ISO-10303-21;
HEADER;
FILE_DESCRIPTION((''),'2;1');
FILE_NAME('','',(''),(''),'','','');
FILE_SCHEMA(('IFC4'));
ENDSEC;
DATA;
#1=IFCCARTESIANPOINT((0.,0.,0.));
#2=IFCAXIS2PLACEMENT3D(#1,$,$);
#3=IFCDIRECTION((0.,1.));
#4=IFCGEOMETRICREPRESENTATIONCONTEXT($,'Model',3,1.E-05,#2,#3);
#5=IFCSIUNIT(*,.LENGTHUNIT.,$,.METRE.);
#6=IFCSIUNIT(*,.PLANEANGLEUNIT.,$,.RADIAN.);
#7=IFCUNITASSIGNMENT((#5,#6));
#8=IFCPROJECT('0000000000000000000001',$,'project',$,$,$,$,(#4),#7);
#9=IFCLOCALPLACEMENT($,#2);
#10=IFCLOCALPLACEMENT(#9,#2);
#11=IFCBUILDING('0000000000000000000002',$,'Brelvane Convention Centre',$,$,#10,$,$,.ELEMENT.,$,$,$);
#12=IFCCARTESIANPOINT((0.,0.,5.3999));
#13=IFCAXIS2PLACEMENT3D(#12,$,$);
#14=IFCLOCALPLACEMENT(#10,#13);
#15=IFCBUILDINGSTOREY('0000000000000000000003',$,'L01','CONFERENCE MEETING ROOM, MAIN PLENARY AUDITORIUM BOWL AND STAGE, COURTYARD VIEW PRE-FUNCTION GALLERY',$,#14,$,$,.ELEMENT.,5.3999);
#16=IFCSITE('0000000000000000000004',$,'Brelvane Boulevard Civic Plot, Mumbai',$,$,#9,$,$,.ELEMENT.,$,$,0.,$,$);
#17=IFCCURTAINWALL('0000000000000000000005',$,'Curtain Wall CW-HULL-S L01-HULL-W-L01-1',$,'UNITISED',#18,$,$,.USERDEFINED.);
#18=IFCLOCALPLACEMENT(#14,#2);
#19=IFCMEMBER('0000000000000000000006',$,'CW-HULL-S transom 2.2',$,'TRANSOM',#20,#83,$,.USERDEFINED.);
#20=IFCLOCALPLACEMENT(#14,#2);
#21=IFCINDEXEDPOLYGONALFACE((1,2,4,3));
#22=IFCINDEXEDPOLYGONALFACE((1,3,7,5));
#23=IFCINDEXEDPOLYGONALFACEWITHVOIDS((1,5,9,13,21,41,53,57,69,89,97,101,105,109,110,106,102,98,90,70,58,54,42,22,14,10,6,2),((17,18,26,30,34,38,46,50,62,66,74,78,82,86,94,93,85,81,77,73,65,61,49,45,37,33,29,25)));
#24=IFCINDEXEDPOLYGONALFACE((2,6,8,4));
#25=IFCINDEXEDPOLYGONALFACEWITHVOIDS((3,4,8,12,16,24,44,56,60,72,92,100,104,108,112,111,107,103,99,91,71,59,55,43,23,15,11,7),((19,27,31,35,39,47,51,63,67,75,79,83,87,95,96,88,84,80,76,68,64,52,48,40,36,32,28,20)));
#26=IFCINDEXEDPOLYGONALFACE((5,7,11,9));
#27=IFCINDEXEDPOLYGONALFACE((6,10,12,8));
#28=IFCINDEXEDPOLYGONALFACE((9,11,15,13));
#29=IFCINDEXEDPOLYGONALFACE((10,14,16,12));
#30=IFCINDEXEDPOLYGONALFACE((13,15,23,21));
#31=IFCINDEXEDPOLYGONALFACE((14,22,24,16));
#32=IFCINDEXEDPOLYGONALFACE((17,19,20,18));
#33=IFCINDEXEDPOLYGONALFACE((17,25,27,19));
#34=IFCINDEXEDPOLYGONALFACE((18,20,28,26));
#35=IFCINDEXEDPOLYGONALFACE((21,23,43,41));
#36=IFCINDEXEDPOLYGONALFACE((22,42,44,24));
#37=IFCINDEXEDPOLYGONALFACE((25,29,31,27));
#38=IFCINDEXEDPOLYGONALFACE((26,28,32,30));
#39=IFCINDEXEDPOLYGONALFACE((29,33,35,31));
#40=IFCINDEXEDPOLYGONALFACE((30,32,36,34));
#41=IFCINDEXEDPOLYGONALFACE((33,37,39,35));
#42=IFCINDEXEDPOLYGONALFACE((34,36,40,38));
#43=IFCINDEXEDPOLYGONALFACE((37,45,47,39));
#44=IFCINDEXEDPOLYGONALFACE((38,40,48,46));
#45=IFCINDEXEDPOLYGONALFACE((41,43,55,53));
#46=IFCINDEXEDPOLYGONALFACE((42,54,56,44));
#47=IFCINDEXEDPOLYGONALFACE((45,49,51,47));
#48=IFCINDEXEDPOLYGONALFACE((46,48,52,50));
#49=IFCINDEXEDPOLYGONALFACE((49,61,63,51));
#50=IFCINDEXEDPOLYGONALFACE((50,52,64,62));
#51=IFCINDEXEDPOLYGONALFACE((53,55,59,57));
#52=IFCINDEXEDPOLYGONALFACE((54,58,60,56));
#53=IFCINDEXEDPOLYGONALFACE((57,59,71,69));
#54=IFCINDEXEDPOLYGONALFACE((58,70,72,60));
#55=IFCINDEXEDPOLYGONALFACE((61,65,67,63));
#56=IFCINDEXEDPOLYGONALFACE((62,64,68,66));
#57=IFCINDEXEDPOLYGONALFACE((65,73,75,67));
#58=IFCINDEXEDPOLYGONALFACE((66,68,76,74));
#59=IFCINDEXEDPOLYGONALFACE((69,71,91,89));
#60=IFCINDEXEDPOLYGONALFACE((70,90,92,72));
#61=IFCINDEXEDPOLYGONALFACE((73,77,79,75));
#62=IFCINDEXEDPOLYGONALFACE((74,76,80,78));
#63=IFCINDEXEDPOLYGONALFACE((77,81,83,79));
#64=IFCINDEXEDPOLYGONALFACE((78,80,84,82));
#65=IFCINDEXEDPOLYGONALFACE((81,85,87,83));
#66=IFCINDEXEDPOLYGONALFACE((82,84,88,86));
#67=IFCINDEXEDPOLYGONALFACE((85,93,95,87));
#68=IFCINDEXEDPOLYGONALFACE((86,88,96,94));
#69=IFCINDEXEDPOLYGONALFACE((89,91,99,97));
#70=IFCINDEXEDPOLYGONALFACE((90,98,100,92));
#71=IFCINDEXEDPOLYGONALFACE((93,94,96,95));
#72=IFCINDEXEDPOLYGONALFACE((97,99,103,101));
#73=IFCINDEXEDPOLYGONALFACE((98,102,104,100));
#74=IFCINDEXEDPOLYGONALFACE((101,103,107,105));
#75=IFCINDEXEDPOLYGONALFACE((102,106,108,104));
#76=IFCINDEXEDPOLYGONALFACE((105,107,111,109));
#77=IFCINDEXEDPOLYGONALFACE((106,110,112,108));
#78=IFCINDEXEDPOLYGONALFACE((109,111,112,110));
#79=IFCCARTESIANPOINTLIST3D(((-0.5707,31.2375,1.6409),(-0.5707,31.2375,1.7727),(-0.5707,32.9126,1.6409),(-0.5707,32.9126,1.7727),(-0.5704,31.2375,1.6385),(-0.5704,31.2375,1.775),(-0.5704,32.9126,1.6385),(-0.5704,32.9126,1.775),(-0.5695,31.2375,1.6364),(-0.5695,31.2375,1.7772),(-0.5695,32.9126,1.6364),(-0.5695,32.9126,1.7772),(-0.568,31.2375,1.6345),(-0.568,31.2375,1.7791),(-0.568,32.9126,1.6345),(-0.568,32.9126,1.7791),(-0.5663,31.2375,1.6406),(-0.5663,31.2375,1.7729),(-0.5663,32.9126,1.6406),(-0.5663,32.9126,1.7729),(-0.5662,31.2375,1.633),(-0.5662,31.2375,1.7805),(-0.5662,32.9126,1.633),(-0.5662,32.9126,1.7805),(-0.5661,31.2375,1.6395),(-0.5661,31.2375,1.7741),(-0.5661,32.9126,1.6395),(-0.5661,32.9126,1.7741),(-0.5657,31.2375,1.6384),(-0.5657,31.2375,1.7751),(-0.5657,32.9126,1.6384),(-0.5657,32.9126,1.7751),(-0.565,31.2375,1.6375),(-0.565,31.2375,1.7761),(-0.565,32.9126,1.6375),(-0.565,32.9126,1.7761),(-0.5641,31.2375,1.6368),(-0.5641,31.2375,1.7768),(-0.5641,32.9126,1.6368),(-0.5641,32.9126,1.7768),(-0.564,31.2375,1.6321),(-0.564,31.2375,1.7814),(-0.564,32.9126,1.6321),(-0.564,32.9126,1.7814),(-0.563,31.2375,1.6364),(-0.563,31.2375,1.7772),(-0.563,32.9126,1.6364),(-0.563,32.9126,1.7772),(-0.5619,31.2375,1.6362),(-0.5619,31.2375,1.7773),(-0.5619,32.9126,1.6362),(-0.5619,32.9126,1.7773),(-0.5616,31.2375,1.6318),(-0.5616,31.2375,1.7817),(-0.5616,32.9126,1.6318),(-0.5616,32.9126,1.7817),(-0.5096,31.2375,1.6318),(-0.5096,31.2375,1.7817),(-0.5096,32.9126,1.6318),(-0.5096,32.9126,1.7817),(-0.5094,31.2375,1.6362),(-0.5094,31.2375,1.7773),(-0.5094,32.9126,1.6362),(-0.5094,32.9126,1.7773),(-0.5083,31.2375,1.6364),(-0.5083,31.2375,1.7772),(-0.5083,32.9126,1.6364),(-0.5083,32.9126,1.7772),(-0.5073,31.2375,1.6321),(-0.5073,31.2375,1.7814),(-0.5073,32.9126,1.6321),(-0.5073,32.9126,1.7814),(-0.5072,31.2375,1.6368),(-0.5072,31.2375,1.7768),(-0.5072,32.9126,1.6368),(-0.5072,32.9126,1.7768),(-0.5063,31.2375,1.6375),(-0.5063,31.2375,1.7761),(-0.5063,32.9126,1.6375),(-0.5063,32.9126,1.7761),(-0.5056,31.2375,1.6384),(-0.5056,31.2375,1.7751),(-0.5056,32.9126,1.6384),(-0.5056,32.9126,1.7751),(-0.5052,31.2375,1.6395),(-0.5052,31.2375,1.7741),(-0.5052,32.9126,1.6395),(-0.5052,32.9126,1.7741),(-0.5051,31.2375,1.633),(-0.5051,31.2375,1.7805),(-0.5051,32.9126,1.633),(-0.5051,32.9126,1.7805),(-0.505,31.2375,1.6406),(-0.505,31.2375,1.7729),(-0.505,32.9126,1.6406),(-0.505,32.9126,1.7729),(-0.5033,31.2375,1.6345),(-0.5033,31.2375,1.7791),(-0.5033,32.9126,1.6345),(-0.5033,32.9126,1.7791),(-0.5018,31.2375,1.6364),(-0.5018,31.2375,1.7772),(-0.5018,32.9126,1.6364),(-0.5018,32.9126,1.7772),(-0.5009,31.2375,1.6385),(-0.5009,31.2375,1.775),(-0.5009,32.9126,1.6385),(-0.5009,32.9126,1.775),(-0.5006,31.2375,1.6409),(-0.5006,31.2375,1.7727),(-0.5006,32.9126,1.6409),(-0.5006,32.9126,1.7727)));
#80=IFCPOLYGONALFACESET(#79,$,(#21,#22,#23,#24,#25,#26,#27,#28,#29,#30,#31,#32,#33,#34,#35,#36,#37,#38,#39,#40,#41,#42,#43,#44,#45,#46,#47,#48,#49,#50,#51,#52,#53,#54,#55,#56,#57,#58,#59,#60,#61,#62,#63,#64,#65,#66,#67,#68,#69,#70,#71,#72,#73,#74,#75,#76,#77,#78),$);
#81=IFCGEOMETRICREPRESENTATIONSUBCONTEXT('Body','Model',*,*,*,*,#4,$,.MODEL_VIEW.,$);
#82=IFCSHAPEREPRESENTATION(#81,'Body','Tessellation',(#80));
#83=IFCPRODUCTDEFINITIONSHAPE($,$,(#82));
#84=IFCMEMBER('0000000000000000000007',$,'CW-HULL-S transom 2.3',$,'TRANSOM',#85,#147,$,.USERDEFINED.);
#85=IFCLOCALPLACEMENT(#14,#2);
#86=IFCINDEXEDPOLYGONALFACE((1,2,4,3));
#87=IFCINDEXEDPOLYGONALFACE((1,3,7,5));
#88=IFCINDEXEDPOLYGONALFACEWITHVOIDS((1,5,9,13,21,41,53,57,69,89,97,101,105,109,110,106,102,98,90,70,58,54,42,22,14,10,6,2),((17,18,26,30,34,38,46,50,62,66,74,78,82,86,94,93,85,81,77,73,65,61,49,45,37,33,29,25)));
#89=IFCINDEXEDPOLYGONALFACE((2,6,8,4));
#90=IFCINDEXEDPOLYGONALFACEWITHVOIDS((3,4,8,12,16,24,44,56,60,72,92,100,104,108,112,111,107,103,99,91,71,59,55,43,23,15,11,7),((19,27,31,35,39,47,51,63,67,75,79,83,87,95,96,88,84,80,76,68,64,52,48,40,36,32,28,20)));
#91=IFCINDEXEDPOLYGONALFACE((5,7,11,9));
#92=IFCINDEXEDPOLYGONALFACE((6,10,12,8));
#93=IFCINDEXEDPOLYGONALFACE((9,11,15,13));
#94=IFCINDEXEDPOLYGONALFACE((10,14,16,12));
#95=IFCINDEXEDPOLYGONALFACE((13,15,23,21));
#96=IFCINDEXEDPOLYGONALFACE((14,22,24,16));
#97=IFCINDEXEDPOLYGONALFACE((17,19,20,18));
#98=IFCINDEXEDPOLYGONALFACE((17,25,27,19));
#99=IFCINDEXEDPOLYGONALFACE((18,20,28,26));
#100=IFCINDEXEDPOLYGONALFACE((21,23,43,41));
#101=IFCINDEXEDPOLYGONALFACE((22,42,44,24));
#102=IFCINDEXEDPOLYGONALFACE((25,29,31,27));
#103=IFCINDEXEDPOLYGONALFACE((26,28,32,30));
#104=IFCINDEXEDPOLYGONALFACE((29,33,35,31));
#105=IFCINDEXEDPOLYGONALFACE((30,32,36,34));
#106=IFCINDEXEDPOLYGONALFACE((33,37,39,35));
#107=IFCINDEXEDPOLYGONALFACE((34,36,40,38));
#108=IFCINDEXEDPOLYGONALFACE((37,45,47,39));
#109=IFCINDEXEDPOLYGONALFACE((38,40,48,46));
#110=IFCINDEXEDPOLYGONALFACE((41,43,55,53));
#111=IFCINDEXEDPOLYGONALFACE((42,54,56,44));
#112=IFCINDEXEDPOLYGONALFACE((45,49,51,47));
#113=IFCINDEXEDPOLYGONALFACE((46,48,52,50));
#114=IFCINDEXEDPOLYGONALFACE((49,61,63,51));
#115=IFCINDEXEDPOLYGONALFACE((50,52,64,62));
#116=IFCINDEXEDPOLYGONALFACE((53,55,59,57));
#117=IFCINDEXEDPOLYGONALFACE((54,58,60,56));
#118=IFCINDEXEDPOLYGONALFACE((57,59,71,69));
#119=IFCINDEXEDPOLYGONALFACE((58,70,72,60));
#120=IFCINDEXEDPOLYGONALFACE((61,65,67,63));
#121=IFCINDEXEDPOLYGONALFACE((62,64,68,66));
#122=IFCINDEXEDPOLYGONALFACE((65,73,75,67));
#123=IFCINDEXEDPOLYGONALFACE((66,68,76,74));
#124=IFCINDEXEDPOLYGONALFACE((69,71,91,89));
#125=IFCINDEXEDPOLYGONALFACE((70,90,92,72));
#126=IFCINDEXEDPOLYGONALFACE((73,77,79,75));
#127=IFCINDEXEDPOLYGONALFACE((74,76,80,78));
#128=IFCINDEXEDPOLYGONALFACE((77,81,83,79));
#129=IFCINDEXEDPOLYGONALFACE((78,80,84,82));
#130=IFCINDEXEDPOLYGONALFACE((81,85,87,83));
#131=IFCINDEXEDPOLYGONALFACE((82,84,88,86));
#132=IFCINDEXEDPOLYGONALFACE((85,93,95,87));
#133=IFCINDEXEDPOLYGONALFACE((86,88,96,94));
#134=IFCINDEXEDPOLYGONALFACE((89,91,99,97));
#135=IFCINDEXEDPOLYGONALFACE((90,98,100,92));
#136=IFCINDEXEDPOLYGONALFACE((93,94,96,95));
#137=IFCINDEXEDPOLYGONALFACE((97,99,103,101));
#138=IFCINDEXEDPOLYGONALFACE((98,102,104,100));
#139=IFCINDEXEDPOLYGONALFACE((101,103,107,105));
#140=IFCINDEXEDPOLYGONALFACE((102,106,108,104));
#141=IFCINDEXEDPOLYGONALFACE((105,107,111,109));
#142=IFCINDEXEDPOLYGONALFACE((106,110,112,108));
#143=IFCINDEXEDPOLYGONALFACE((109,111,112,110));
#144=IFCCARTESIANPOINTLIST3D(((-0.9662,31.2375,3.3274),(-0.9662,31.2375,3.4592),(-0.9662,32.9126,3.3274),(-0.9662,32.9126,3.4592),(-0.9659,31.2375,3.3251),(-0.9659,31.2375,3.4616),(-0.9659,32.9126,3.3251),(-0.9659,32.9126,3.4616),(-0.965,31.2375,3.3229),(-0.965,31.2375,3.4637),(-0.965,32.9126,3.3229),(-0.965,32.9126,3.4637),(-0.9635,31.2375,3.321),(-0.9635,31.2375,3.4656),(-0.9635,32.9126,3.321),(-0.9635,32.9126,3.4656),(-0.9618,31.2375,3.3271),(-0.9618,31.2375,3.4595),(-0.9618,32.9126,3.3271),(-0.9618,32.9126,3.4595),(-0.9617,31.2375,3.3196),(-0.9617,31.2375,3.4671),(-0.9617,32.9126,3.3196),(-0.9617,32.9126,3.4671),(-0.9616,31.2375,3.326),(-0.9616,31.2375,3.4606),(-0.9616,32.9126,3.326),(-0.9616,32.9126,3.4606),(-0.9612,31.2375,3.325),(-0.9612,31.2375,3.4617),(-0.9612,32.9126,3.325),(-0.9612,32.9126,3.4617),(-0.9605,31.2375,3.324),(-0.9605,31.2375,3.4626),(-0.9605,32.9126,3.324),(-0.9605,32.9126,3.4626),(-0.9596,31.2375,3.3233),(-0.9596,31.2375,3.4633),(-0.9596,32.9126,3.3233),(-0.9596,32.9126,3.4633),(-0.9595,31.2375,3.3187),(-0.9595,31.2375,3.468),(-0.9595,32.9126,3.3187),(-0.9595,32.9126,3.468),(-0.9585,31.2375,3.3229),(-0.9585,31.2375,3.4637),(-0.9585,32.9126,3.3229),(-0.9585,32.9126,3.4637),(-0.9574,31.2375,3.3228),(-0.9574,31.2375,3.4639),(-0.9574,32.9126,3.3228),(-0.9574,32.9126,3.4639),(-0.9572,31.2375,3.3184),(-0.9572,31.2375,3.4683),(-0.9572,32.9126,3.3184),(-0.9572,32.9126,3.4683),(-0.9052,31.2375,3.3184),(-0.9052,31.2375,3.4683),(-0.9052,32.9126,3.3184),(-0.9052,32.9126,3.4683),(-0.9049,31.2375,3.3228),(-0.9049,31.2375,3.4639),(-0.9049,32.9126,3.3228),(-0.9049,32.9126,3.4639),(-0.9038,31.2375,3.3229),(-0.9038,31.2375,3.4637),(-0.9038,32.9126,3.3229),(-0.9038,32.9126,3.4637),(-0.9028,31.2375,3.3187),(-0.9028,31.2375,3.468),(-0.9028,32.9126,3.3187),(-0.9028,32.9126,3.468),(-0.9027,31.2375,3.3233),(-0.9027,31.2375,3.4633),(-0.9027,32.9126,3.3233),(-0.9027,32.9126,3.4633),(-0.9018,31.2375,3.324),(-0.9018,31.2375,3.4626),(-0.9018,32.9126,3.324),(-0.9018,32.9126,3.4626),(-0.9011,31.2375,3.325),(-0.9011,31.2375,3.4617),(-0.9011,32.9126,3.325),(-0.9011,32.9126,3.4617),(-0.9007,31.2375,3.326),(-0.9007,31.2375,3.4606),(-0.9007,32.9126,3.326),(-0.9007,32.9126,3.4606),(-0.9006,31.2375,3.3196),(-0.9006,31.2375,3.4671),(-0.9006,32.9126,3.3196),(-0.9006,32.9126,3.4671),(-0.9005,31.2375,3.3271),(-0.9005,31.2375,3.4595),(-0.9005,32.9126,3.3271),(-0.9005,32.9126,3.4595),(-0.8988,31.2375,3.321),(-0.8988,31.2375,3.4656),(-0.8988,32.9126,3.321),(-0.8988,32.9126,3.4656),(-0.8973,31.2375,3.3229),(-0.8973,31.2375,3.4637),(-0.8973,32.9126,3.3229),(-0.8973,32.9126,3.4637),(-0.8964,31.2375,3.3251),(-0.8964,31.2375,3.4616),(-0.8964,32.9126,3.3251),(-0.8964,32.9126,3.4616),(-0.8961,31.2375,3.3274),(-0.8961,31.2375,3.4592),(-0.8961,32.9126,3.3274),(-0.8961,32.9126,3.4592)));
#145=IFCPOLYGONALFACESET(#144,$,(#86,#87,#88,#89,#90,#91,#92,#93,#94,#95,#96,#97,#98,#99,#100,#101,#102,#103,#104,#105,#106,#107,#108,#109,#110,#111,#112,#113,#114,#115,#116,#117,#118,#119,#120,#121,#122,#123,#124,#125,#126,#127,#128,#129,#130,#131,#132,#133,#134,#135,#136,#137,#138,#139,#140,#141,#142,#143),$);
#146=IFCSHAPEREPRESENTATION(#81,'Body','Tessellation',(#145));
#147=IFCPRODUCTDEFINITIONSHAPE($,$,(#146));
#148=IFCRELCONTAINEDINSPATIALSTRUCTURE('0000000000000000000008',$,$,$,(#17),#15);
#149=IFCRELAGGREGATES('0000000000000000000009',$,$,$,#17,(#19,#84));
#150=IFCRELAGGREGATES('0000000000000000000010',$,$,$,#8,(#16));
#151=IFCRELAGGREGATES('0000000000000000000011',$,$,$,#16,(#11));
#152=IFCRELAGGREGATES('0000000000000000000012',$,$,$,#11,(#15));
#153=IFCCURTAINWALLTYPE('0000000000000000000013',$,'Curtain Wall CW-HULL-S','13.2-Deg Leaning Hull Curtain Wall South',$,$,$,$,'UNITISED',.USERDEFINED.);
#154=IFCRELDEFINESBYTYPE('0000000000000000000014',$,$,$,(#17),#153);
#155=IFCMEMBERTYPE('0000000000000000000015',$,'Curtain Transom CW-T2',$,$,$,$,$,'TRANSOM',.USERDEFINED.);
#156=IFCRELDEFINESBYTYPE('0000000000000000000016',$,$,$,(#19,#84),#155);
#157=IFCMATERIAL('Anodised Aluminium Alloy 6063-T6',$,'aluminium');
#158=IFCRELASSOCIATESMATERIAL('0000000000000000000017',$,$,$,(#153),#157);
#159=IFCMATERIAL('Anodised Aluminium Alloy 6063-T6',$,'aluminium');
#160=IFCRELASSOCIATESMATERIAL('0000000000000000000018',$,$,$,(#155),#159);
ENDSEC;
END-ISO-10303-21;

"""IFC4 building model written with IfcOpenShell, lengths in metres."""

from ifc_helpers import new_model, si_unit, direction, frame, origin, origin_2d, place, context, subcontext, project, spatial, hollow_rectangle, extrude, material, material_profile, profile_set, type_object, element, aggregate, save


model = new_model("IFC4")

# Units and contexts
model_context = context("Model", 3, precision=1e-05, world=origin(), true_north=direction((0.0, 1.0)))
body_context = subcontext(model_context, "Body", "Model", "MODEL_VIEW")
ifc_project = project(units=[si_unit("LENGTHUNIT", "METRE"), si_unit("PLANEANGLEUNIT", "RADIAN")], contexts=[model_context])

# Site, building, storey
site_placement = place(None, origin())
site = spatial("IfcSite", under=ifc_project, at=site_placement, Name="Brelvane Boulevard Civic Plot, Mumbai", CompositionType="ELEMENT", RefElevation=0.0)
building_placement = place(site_placement, origin())
building = spatial("IfcBuilding", under=site, at=building_placement, Name="Brelvane Convention Centre", CompositionType="ELEMENT")
storey_placement = place(building_placement, frame((0.0, 0.0, 5.3999)))
storey = spatial("IfcBuildingStorey", under=building, at=storey_placement, Name="L01", Description="CONFERENCE MEETING ROOM, MAIN PLENARY AUDITORIUM BOWL AND STAGE, COURTYARD VIEW PRE-FUNCTION GALLERY", CompositionType="ELEMENT", Elevation=5.3999)

# Curtain wall, members
ifc_material_1 = material(Name="Anodised Aluminium Alloy 6063-T6", Category="aluminium")
curtain_wall_type = type_object("IfcCurtainWallType", Name="Curtain Wall CW-HULL-S", Description="13.2-Deg Leaning Hull Curtain Wall South", ElementType="UNITISED", PredefinedType="USERDEFINED", material=ifc_material_1)
curtain_wall_placement = place(storey_placement, origin())
curtain_wall = element("IfcCurtainWall", 1, at=curtain_wall_placement, inside=storey, type_object=curtain_wall_type, Name="Curtain Wall CW-HULL-S L01-HULL-W-L01-1", ObjectType="UNITISED", PredefinedType="USERDEFINED")
ifc_material_2 = material(Name="Anodised Aluminium Alloy 6063-T6", Category="aluminium")
ifc_material_profile_1 = material_profile(ifc_material_2, hollow_rectangle(XDim=0.0701, YDim=0.1499, WallThickness=0.0044, InnerFilletRadius=0.0044, OuterFilletRadius=0.009, at=origin_2d()), Name="ALU-T 150x70x4.5")
ifc_profile_set_1 = profile_set([ifc_material_profile_1], Name="Anodised Aluminium Alloy 6063-T6")
member_type_1 = type_object("IfcMemberType", Name="Curtain Transom CW-T2", ElementType="TRANSOM", PredefinedType="USERDEFINED", material=ifc_profile_set_1)
member_1_placement = place(storey_placement, frame((-0.5356, 31.2375, 1.7068), z_axis=(0.0, 1.0, 0.0), x_axis=(-1.0, 0.0, 0.0)))
member_1 = element("IfcMember", 2, at=member_1_placement, type_object=member_type_1, Name="CW-HULL-S transom 2.2", ObjectType="TRANSOM", PredefinedType="USERDEFINED", context=body_context, shape_type="SweptSolid", body=[
    extrude(hollow_rectangle(XDim=0.0701, YDim=0.1499, WallThickness=0.0044, InnerFilletRadius=0.0044, OuterFilletRadius=0.009, at=origin_2d()), origin(), (0.0, 0.0, 1.0), 1.675),
])
member_2_placement = place(storey_placement, frame((-0.9312, 31.2375, 3.3933), z_axis=(0.0, 1.0, 0.0), x_axis=(-1.0, 0.0, 0.0)))
member_2 = element("IfcMember", 3, at=member_2_placement, type_object=member_type_1, Name="CW-HULL-S transom 2.3", ObjectType="TRANSOM", PredefinedType="USERDEFINED", context=body_context, shape_type="SweptSolid", body=[
    extrude(hollow_rectangle(XDim=0.0701, YDim=0.1499, WallThickness=0.0044, InnerFilletRadius=0.0044, OuterFilletRadius=0.009, at=origin_2d()), origin(), (0.0, 0.0, 1.0), 1.675),
])
aggregate(curtain_wall, [member_1, member_2])

save(model, "model.ifc")
